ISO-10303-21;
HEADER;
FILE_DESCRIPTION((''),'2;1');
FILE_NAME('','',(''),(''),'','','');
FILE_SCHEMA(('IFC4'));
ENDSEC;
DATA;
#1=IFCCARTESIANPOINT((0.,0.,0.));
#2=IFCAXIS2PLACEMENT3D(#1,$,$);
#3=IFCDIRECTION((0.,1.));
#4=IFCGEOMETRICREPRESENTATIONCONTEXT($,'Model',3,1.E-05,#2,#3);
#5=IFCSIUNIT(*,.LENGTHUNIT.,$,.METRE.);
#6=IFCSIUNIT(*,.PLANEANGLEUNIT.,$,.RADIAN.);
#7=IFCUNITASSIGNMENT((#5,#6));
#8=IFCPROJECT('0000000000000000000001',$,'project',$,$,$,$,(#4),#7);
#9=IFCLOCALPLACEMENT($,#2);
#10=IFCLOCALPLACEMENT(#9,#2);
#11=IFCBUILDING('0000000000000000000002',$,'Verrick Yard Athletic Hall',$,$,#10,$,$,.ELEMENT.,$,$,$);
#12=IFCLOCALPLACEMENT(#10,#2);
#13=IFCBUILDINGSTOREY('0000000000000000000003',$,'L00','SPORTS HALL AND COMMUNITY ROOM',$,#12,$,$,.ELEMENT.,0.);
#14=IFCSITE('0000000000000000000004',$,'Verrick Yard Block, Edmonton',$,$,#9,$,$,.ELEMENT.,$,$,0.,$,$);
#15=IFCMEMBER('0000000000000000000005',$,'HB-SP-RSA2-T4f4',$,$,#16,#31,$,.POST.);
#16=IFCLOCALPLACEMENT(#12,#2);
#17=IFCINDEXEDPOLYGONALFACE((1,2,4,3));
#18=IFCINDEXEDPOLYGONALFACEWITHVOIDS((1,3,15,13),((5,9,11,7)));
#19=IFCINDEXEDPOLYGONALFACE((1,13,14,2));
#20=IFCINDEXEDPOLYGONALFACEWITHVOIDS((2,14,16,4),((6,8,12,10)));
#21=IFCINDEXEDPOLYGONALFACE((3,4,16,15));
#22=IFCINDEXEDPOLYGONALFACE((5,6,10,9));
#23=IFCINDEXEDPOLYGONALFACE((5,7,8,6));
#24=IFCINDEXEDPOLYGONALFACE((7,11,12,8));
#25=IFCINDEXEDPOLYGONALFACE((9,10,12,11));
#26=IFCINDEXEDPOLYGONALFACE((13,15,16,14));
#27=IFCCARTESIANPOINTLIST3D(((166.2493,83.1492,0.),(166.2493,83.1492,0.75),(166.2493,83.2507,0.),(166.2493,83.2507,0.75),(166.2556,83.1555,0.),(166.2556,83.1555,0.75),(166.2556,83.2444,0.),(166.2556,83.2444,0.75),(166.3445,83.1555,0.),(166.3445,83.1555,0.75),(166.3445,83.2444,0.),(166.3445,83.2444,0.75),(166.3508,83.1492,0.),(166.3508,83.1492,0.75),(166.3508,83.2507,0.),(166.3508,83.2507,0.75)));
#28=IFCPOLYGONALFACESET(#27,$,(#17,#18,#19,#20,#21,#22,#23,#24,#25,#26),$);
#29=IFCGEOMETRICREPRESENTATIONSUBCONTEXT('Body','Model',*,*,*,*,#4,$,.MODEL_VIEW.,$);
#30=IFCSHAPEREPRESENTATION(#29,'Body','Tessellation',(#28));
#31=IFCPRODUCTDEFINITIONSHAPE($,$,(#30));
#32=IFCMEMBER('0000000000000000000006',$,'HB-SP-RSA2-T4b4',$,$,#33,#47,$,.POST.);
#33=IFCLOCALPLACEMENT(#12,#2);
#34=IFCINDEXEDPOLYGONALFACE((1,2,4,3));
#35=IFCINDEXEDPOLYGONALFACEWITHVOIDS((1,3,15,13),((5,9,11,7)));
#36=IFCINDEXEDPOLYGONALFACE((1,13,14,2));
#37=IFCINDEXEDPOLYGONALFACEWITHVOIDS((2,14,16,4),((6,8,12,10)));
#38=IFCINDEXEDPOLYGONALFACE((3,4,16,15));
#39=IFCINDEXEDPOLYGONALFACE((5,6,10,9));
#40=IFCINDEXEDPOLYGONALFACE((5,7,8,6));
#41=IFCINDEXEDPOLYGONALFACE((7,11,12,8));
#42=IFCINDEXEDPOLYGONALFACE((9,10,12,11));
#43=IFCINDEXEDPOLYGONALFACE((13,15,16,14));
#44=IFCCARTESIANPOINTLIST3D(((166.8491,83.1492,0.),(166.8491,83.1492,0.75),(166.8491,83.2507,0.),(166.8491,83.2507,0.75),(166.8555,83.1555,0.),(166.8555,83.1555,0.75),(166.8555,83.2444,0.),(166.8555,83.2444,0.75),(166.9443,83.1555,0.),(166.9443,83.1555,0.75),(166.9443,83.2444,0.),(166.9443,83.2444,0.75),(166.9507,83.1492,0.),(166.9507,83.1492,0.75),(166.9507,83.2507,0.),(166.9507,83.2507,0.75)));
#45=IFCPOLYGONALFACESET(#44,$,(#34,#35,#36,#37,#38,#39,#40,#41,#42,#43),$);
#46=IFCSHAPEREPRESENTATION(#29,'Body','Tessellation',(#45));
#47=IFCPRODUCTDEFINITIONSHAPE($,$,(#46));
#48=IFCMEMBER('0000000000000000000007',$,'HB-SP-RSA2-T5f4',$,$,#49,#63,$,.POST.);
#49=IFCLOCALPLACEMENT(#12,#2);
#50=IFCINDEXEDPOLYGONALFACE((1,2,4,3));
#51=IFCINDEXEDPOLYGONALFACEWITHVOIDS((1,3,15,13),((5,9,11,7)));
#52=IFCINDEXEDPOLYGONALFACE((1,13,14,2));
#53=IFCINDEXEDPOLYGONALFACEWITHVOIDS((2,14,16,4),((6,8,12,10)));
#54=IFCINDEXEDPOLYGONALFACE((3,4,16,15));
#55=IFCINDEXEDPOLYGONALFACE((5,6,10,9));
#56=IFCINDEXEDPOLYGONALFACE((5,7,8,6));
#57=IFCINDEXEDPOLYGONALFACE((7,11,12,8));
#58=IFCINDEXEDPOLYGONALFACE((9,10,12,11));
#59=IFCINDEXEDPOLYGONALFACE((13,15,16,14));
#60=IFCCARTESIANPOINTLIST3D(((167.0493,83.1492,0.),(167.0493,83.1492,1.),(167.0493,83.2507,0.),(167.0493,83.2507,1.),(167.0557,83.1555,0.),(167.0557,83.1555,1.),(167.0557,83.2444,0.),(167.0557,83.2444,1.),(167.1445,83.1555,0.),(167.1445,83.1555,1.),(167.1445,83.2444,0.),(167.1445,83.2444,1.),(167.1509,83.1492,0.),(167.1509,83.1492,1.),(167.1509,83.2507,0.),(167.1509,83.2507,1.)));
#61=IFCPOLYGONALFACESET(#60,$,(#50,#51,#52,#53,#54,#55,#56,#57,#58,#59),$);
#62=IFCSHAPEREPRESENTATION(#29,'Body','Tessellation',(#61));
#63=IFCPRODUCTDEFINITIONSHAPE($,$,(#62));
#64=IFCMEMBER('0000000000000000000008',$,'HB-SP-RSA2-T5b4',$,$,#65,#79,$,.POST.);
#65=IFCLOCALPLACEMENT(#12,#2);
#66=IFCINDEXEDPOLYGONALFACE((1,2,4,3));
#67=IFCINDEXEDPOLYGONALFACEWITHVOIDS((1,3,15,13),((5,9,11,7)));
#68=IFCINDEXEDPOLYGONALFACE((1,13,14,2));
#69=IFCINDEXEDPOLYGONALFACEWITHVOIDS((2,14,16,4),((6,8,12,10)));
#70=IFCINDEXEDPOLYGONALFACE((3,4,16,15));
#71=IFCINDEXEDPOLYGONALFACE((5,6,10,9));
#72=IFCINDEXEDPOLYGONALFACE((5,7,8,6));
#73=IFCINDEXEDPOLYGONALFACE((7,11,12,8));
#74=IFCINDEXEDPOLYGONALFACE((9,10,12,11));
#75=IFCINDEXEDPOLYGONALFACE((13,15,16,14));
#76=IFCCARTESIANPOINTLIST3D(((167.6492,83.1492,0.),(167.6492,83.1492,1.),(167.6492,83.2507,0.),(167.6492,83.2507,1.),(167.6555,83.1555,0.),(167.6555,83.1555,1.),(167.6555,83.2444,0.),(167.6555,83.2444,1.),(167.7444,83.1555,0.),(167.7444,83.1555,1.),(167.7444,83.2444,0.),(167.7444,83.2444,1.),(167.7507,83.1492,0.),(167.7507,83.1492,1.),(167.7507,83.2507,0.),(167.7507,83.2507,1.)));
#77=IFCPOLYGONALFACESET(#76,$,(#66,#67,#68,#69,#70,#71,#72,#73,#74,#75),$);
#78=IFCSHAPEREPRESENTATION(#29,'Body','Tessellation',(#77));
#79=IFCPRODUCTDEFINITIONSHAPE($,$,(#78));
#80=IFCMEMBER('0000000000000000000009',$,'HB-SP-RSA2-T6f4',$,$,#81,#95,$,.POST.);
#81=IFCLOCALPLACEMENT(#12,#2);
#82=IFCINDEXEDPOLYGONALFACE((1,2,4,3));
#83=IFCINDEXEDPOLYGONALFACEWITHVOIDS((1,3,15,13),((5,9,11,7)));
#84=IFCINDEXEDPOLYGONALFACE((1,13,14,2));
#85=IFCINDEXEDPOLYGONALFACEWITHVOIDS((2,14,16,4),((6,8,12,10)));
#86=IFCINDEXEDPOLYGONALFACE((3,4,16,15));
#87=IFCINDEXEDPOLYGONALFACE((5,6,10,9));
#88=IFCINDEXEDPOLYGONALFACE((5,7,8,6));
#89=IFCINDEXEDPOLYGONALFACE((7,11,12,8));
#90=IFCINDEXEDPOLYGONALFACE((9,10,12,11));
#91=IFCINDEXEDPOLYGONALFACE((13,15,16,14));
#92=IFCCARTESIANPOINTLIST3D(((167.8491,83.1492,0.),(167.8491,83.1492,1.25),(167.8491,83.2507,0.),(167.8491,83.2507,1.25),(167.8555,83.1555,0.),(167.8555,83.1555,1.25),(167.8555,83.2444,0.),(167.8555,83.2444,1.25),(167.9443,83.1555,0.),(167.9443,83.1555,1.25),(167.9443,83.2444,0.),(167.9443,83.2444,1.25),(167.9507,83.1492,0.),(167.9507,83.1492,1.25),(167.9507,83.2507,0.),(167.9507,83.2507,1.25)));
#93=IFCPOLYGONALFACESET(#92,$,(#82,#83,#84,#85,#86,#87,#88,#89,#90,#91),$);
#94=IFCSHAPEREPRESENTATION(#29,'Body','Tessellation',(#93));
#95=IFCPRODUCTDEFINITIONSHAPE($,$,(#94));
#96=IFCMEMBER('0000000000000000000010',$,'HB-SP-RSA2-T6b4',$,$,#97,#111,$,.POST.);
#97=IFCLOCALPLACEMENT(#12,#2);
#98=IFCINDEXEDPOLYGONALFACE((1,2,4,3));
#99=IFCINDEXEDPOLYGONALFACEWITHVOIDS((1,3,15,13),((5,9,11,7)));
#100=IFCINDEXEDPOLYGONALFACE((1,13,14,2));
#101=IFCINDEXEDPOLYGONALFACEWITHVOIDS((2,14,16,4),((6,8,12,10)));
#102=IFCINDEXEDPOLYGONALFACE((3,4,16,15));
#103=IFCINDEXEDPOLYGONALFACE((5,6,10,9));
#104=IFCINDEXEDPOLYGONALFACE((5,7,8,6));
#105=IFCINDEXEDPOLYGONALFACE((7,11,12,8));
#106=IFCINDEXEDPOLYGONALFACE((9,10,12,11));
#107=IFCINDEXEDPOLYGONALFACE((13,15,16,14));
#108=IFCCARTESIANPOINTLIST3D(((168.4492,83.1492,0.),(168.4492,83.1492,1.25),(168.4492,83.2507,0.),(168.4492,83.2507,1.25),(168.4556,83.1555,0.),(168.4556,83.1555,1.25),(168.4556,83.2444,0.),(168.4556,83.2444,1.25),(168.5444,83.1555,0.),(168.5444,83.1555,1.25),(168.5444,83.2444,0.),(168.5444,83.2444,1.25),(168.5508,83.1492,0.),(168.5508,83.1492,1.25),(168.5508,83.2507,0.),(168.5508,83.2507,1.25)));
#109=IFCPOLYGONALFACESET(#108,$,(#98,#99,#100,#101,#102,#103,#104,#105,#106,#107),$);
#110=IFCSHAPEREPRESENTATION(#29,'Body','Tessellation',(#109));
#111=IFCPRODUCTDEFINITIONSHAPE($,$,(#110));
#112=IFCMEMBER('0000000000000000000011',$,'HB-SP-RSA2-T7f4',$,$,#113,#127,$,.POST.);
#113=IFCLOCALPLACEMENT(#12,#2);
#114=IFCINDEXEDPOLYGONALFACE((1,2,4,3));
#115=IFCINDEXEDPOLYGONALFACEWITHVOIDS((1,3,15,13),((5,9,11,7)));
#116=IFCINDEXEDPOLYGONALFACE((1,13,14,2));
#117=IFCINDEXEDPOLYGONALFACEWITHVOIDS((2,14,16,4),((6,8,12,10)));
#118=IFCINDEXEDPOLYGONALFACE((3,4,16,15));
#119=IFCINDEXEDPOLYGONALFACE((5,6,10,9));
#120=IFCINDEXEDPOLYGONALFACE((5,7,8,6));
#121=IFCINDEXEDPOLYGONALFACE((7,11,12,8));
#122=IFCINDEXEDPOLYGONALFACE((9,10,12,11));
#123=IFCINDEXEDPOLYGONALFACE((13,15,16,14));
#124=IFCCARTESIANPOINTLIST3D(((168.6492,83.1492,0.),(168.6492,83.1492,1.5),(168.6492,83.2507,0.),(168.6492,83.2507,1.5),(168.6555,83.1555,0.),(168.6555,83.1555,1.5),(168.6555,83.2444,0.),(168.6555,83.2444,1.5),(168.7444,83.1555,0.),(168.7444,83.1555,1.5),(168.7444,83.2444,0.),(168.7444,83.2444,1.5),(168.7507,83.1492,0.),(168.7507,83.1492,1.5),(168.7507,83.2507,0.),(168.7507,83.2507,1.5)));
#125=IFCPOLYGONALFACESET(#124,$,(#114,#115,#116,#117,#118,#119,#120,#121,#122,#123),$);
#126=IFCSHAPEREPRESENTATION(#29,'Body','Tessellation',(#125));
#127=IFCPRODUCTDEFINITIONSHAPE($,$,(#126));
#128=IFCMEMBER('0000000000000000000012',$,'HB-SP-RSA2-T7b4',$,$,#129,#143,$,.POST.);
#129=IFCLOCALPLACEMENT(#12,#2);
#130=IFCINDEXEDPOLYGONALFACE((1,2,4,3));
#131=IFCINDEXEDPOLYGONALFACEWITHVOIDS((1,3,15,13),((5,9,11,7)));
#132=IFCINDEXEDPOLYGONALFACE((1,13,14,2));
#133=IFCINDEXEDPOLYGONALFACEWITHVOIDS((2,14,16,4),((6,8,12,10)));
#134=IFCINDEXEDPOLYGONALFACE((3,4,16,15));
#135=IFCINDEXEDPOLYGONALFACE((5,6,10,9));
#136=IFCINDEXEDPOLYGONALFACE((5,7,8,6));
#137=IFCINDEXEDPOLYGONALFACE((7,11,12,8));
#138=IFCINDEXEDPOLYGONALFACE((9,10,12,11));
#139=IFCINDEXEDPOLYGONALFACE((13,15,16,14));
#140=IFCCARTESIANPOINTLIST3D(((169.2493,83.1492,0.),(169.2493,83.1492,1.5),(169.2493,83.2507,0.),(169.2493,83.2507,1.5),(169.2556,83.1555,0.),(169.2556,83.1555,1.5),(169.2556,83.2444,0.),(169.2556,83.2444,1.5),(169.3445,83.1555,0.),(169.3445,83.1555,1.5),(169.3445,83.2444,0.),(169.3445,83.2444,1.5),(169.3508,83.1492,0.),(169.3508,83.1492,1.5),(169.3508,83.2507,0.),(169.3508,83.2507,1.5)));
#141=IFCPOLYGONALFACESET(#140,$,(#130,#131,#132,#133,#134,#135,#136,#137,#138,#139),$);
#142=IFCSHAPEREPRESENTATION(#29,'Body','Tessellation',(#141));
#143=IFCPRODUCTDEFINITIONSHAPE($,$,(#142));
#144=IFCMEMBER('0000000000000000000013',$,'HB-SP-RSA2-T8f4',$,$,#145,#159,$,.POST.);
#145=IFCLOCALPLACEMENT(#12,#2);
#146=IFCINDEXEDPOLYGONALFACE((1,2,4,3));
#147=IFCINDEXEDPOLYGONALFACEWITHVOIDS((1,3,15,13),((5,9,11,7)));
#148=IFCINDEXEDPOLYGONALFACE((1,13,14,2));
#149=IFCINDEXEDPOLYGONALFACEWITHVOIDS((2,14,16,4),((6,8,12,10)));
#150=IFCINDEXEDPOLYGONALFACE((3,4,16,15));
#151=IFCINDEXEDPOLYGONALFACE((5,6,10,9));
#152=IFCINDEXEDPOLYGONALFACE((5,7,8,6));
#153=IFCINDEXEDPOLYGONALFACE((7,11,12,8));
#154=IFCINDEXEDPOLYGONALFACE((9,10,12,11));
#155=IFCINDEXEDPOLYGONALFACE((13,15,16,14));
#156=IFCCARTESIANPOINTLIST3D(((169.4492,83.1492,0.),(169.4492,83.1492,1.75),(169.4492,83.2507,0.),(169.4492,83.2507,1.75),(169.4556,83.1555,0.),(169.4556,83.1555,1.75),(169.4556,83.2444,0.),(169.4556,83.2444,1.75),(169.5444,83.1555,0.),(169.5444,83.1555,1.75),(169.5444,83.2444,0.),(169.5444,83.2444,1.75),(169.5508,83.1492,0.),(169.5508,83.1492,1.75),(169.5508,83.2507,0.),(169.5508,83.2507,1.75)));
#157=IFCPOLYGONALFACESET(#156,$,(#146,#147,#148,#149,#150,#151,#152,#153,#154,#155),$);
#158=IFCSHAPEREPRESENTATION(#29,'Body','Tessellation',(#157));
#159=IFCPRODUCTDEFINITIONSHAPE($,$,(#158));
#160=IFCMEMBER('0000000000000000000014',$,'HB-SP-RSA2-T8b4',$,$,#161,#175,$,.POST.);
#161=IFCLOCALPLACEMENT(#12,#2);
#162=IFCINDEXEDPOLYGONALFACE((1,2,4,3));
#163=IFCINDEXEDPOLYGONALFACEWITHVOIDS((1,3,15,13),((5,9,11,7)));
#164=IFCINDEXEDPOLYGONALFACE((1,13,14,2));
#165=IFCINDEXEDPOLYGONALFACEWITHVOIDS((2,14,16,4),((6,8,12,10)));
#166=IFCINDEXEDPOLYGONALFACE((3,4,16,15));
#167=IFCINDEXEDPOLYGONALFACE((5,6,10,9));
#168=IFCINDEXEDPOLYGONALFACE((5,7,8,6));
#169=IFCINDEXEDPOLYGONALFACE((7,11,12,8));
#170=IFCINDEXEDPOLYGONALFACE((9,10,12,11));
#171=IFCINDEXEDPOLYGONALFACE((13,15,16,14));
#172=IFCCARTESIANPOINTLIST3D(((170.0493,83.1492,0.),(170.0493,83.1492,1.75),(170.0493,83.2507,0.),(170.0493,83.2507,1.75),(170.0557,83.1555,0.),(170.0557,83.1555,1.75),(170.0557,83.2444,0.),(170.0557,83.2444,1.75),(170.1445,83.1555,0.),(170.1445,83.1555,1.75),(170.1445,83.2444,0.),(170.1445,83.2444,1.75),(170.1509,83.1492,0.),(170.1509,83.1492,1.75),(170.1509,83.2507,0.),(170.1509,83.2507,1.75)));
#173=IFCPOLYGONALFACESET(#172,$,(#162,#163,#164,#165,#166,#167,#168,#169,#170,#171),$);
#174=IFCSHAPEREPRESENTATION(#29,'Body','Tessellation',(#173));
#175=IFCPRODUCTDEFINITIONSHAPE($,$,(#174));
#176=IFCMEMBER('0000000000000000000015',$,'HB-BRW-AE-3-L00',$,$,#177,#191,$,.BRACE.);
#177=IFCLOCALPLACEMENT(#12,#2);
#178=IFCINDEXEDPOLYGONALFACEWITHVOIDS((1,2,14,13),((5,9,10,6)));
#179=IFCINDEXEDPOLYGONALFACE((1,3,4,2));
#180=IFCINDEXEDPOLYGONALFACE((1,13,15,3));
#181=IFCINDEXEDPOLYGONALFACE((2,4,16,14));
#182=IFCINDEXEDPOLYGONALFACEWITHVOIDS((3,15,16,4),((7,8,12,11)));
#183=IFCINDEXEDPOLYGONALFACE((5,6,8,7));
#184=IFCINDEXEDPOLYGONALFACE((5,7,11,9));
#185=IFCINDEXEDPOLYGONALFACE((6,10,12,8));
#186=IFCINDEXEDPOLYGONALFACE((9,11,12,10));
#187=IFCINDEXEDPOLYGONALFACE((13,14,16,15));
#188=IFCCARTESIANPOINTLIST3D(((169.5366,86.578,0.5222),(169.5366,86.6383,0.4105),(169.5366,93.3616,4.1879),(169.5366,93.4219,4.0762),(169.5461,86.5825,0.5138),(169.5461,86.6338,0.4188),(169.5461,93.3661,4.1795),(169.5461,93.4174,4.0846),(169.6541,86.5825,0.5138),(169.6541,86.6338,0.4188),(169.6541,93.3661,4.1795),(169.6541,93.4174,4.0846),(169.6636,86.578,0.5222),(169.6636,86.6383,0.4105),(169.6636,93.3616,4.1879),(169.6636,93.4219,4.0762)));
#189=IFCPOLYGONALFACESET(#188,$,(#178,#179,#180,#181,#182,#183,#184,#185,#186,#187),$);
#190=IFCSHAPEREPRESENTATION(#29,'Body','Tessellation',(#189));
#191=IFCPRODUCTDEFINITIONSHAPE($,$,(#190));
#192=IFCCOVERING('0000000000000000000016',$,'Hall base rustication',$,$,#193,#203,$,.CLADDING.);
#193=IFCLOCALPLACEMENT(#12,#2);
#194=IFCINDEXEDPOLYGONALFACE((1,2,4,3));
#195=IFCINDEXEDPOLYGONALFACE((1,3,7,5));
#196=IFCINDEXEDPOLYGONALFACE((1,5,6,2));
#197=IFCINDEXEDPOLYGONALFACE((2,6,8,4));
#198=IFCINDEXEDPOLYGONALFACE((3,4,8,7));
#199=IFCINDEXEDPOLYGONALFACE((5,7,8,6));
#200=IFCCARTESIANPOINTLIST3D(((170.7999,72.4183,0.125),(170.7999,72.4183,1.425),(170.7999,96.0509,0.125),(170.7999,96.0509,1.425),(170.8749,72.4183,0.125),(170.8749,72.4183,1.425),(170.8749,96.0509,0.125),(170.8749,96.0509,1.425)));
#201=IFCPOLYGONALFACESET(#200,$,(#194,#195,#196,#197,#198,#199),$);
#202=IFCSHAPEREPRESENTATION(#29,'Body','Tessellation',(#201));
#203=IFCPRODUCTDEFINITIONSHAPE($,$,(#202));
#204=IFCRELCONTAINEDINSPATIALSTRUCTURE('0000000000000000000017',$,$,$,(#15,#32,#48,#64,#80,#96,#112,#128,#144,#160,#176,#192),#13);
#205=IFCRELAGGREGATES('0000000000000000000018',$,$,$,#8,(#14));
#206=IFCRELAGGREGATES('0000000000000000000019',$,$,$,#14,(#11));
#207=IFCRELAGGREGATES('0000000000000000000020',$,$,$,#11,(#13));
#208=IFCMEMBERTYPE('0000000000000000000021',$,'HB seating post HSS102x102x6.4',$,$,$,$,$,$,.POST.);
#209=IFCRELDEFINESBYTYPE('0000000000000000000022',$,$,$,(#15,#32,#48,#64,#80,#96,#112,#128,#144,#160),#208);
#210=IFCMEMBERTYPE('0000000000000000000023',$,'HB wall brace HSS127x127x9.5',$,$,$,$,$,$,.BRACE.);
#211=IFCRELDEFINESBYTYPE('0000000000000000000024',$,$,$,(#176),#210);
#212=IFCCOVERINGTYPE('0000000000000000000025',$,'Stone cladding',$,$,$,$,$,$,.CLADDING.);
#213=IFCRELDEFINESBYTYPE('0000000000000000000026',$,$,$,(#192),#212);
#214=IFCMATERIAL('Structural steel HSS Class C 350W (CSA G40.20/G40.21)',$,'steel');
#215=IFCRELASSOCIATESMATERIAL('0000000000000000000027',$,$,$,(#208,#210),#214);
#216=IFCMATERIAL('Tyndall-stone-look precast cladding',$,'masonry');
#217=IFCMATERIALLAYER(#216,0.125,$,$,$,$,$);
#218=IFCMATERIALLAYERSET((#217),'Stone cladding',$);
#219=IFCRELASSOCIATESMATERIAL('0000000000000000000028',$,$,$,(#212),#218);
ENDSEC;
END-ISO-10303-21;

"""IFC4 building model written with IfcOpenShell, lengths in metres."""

from ifc_helpers import new_model, si_unit, direction, frame, origin, origin_2d, place, context, subcontext, project, spatial, rectangle, hollow_rectangle, extrude, material, layer, layer_set, material_profile, profile_set, type_object, element, save


model = new_model("IFC4")

# Units and contexts
model_context = context("Model", 3, precision=1e-05, world=origin(), true_north=direction((0.0, 1.0)))
body_context = subcontext(model_context, "Body", "Model", "MODEL_VIEW")
ifc_project = project(units=[si_unit("LENGTHUNIT", "METRE"), si_unit("PLANEANGLEUNIT", "RADIAN")], contexts=[model_context])

# Site, building, storey
site_placement = place(None, origin())
site = spatial("IfcSite", under=ifc_project, at=site_placement, Name="Verrick Yard Block, Edmonton", CompositionType="ELEMENT", RefElevation=0.0)
building_placement = place(site_placement, origin())
building = spatial("IfcBuilding", under=site, at=building_placement, Name="Verrick Yard Athletic Hall", CompositionType="ELEMENT")
storey_placement = place(building_placement, origin())
storey = spatial("IfcBuildingStorey", under=building, at=storey_placement, Name="L00", Description="SPORTS HALL AND COMMUNITY ROOM", CompositionType="ELEMENT", Elevation=0.0)

# Members
ifc_material_1 = material(Name="Structural steel HSS Class C 350W (CSA G40.20/G40.21)", Category="steel")
ifc_material_profile_1 = material_profile(ifc_material_1, hollow_rectangle(XDim=0.1016, YDim=0.1016, WallThickness=0.0063, at=origin_2d()), Name="HSS102x102x6.4")
ifc_profile_set_1 = profile_set([ifc_material_profile_1], Name="Structural steel HSS Class C 350W (CSA G40.20/G40.21)")
member_type_1 = type_object("IfcMemberType", Name="HB seating post HSS102x102x6.4", PredefinedType="POST", material=ifc_profile_set_1)
for number, where, z_axis, x_axis, name in (
    (1, (166.3, 83.2, 0.0), (0.0, 0.0, 1.0), (0.0, 1.0, 0.0), "HB-SP-RSA2-T4f4"),
    (2, (166.8999, 83.2, 0.0), (0.0, 0.0, 1.0), (0.0, 1.0, 0.0), "HB-SP-RSA2-T4b4"),
):
    element("IfcMember", number, at=place(storey_placement, frame(where, z_axis=z_axis, x_axis=x_axis)), inside=storey, type_object=member_type_1, Name=name, PredefinedType="POST", context=body_context, shape_type="SweptSolid", body=[
        extrude(hollow_rectangle(XDim=0.1016, YDim=0.1016, WallThickness=0.0063, at=origin_2d()), origin(), (0.0, 0.0, 1.0), 0.75),
    ])
for number, where, z_axis, x_axis, name in (
    (3, (167.1001, 83.2, 0.0), (0.0, 0.0, 1.0), (0.0, 1.0, 0.0), "HB-SP-RSA2-T5f4"),
    (4, (167.7, 83.2, 0.0), (0.0, 0.0, 1.0), (0.0, 1.0, 0.0), "HB-SP-RSA2-T5b4"),
):
    element("IfcMember", number, at=place(storey_placement, frame(where, z_axis=z_axis, x_axis=x_axis)), inside=storey, type_object=member_type_1, Name=name, PredefinedType="POST", context=body_context, shape_type="SweptSolid", body=[
        extrude(hollow_rectangle(XDim=0.1016, YDim=0.1016, WallThickness=0.0063, at=origin_2d()), origin(), (0.0, 0.0, 1.0), 1.0),
    ])
for number, where, z_axis, x_axis, name in (
    (5, (167.8999, 83.2, 0.0), (0.0, 0.0, 1.0), (0.0, 1.0, 0.0), "HB-SP-RSA2-T6f4"),
    (6, (168.5, 83.2, 0.0), (0.0, 0.0, 1.0), (0.0, 1.0, 0.0), "HB-SP-RSA2-T6b4"),
):
    element("IfcMember", number, at=place(storey_placement, frame(where, z_axis=z_axis, x_axis=x_axis)), inside=storey, type_object=member_type_1, Name=name, PredefinedType="POST", context=body_context, shape_type="SweptSolid", body=[
        extrude(hollow_rectangle(XDim=0.1016, YDim=0.1016, WallThickness=0.0063, at=origin_2d()), origin(), (0.0, 0.0, 1.0), 1.25),
    ])
for number, where, z_axis, x_axis, name in (
    (7, (168.7, 83.2, 0.0), (0.0, 0.0, 1.0), (0.0, 1.0, 0.0), "HB-SP-RSA2-T7f4"),
    (8, (169.3, 83.2, 0.0), (0.0, 0.0, 1.0), (0.0, 1.0, 0.0), "HB-SP-RSA2-T7b4"),
):
    element("IfcMember", number, at=place(storey_placement, frame(where, z_axis=z_axis, x_axis=x_axis)), inside=storey, type_object=member_type_1, Name=name, PredefinedType="POST", context=body_context, shape_type="SweptSolid", body=[
        extrude(hollow_rectangle(XDim=0.1016, YDim=0.1016, WallThickness=0.0063, at=origin_2d()), origin(), (0.0, 0.0, 1.0), 1.5),
    ])
for number, where, z_axis, x_axis, name in (
    (9, (169.5, 83.2, 0.0), (0.0, 0.0, 1.0), (0.0, 1.0, 0.0), "HB-SP-RSA2-T8f4"),
    (10, (170.1001, 83.2, 0.0), (0.0, 0.0, 1.0), (0.0, 1.0, 0.0), "HB-SP-RSA2-T8b4"),
):
    element("IfcMember", number, at=place(storey_placement, frame(where, z_axis=z_axis, x_axis=x_axis)), inside=storey, type_object=member_type_1, Name=name, PredefinedType="POST", context=body_context, shape_type="SweptSolid", body=[
        extrude(hollow_rectangle(XDim=0.1016, YDim=0.1016, WallThickness=0.0063, at=origin_2d()), origin(), (0.0, 0.0, 1.0), 1.75),
    ])
ifc_material_profile_2 = material_profile(ifc_material_1, hollow_rectangle(XDim=0.127, YDim=0.127, WallThickness=0.0095, at=origin_2d()), Name="HSS127x127x9.5")
ifc_profile_set_2 = profile_set([ifc_material_profile_2], Name="Structural steel HSS Class C 350W (CSA G40.20/G40.21)")
member_type_2 = type_object("IfcMemberType", Name="HB wall brace HSS127x127x9.5", PredefinedType="BRACE", material=ifc_profile_set_2)
member_placement = place(storey_placement, frame((169.6001, 86.6082, 0.4663), z_axis=(0.0, 0.879766, 0.475408), x_axis=(-1.0, 0.0, 0.0)))
element("IfcMember", 11, at=member_placement, inside=storey, type_object=member_type_2, Name="HB-BRW-AE-3-L00", PredefinedType="BRACE", context=body_context, shape_type="SweptSolid", body=[
    extrude(hollow_rectangle(XDim=0.127, YDim=0.127, WallThickness=0.0095, at=origin_2d()), origin(), (0.0, 0.0, 1.0), 7.7107),
])

# Covering
ifc_material_2 = material(Name="Tyndall-stone-look precast cladding", Category="masonry")
ifc_layer = layer(ifc_material_2, 0.125)
ifc_layer_set = layer_set([ifc_layer], Name="Stone cladding")
covering_type = type_object("IfcCoveringType", Name="Stone cladding", PredefinedType="CLADDING", material=ifc_layer_set)
for number, where, z_axis, x_axis, name in (
    (12, (170.8374, 84.2346, 0.125), (0.0, 0.0, 1.0), (0.0, 1.0, 0.0), "Hall base rustication"),
):
    element("IfcCovering", number, at=place(storey_placement, frame(where, z_axis=z_axis, x_axis=x_axis)), inside=storey, type_object=covering_type, Name=name, PredefinedType="CLADDING", context=body_context, shape_type="SweptSolid", body=[
        extrude(rectangle(XDim=23.6326, YDim=0.075, at=origin_2d()), origin(), (0.0, 0.0, 1.0), 1.3),
    ])

save(model, "model.ifc")
